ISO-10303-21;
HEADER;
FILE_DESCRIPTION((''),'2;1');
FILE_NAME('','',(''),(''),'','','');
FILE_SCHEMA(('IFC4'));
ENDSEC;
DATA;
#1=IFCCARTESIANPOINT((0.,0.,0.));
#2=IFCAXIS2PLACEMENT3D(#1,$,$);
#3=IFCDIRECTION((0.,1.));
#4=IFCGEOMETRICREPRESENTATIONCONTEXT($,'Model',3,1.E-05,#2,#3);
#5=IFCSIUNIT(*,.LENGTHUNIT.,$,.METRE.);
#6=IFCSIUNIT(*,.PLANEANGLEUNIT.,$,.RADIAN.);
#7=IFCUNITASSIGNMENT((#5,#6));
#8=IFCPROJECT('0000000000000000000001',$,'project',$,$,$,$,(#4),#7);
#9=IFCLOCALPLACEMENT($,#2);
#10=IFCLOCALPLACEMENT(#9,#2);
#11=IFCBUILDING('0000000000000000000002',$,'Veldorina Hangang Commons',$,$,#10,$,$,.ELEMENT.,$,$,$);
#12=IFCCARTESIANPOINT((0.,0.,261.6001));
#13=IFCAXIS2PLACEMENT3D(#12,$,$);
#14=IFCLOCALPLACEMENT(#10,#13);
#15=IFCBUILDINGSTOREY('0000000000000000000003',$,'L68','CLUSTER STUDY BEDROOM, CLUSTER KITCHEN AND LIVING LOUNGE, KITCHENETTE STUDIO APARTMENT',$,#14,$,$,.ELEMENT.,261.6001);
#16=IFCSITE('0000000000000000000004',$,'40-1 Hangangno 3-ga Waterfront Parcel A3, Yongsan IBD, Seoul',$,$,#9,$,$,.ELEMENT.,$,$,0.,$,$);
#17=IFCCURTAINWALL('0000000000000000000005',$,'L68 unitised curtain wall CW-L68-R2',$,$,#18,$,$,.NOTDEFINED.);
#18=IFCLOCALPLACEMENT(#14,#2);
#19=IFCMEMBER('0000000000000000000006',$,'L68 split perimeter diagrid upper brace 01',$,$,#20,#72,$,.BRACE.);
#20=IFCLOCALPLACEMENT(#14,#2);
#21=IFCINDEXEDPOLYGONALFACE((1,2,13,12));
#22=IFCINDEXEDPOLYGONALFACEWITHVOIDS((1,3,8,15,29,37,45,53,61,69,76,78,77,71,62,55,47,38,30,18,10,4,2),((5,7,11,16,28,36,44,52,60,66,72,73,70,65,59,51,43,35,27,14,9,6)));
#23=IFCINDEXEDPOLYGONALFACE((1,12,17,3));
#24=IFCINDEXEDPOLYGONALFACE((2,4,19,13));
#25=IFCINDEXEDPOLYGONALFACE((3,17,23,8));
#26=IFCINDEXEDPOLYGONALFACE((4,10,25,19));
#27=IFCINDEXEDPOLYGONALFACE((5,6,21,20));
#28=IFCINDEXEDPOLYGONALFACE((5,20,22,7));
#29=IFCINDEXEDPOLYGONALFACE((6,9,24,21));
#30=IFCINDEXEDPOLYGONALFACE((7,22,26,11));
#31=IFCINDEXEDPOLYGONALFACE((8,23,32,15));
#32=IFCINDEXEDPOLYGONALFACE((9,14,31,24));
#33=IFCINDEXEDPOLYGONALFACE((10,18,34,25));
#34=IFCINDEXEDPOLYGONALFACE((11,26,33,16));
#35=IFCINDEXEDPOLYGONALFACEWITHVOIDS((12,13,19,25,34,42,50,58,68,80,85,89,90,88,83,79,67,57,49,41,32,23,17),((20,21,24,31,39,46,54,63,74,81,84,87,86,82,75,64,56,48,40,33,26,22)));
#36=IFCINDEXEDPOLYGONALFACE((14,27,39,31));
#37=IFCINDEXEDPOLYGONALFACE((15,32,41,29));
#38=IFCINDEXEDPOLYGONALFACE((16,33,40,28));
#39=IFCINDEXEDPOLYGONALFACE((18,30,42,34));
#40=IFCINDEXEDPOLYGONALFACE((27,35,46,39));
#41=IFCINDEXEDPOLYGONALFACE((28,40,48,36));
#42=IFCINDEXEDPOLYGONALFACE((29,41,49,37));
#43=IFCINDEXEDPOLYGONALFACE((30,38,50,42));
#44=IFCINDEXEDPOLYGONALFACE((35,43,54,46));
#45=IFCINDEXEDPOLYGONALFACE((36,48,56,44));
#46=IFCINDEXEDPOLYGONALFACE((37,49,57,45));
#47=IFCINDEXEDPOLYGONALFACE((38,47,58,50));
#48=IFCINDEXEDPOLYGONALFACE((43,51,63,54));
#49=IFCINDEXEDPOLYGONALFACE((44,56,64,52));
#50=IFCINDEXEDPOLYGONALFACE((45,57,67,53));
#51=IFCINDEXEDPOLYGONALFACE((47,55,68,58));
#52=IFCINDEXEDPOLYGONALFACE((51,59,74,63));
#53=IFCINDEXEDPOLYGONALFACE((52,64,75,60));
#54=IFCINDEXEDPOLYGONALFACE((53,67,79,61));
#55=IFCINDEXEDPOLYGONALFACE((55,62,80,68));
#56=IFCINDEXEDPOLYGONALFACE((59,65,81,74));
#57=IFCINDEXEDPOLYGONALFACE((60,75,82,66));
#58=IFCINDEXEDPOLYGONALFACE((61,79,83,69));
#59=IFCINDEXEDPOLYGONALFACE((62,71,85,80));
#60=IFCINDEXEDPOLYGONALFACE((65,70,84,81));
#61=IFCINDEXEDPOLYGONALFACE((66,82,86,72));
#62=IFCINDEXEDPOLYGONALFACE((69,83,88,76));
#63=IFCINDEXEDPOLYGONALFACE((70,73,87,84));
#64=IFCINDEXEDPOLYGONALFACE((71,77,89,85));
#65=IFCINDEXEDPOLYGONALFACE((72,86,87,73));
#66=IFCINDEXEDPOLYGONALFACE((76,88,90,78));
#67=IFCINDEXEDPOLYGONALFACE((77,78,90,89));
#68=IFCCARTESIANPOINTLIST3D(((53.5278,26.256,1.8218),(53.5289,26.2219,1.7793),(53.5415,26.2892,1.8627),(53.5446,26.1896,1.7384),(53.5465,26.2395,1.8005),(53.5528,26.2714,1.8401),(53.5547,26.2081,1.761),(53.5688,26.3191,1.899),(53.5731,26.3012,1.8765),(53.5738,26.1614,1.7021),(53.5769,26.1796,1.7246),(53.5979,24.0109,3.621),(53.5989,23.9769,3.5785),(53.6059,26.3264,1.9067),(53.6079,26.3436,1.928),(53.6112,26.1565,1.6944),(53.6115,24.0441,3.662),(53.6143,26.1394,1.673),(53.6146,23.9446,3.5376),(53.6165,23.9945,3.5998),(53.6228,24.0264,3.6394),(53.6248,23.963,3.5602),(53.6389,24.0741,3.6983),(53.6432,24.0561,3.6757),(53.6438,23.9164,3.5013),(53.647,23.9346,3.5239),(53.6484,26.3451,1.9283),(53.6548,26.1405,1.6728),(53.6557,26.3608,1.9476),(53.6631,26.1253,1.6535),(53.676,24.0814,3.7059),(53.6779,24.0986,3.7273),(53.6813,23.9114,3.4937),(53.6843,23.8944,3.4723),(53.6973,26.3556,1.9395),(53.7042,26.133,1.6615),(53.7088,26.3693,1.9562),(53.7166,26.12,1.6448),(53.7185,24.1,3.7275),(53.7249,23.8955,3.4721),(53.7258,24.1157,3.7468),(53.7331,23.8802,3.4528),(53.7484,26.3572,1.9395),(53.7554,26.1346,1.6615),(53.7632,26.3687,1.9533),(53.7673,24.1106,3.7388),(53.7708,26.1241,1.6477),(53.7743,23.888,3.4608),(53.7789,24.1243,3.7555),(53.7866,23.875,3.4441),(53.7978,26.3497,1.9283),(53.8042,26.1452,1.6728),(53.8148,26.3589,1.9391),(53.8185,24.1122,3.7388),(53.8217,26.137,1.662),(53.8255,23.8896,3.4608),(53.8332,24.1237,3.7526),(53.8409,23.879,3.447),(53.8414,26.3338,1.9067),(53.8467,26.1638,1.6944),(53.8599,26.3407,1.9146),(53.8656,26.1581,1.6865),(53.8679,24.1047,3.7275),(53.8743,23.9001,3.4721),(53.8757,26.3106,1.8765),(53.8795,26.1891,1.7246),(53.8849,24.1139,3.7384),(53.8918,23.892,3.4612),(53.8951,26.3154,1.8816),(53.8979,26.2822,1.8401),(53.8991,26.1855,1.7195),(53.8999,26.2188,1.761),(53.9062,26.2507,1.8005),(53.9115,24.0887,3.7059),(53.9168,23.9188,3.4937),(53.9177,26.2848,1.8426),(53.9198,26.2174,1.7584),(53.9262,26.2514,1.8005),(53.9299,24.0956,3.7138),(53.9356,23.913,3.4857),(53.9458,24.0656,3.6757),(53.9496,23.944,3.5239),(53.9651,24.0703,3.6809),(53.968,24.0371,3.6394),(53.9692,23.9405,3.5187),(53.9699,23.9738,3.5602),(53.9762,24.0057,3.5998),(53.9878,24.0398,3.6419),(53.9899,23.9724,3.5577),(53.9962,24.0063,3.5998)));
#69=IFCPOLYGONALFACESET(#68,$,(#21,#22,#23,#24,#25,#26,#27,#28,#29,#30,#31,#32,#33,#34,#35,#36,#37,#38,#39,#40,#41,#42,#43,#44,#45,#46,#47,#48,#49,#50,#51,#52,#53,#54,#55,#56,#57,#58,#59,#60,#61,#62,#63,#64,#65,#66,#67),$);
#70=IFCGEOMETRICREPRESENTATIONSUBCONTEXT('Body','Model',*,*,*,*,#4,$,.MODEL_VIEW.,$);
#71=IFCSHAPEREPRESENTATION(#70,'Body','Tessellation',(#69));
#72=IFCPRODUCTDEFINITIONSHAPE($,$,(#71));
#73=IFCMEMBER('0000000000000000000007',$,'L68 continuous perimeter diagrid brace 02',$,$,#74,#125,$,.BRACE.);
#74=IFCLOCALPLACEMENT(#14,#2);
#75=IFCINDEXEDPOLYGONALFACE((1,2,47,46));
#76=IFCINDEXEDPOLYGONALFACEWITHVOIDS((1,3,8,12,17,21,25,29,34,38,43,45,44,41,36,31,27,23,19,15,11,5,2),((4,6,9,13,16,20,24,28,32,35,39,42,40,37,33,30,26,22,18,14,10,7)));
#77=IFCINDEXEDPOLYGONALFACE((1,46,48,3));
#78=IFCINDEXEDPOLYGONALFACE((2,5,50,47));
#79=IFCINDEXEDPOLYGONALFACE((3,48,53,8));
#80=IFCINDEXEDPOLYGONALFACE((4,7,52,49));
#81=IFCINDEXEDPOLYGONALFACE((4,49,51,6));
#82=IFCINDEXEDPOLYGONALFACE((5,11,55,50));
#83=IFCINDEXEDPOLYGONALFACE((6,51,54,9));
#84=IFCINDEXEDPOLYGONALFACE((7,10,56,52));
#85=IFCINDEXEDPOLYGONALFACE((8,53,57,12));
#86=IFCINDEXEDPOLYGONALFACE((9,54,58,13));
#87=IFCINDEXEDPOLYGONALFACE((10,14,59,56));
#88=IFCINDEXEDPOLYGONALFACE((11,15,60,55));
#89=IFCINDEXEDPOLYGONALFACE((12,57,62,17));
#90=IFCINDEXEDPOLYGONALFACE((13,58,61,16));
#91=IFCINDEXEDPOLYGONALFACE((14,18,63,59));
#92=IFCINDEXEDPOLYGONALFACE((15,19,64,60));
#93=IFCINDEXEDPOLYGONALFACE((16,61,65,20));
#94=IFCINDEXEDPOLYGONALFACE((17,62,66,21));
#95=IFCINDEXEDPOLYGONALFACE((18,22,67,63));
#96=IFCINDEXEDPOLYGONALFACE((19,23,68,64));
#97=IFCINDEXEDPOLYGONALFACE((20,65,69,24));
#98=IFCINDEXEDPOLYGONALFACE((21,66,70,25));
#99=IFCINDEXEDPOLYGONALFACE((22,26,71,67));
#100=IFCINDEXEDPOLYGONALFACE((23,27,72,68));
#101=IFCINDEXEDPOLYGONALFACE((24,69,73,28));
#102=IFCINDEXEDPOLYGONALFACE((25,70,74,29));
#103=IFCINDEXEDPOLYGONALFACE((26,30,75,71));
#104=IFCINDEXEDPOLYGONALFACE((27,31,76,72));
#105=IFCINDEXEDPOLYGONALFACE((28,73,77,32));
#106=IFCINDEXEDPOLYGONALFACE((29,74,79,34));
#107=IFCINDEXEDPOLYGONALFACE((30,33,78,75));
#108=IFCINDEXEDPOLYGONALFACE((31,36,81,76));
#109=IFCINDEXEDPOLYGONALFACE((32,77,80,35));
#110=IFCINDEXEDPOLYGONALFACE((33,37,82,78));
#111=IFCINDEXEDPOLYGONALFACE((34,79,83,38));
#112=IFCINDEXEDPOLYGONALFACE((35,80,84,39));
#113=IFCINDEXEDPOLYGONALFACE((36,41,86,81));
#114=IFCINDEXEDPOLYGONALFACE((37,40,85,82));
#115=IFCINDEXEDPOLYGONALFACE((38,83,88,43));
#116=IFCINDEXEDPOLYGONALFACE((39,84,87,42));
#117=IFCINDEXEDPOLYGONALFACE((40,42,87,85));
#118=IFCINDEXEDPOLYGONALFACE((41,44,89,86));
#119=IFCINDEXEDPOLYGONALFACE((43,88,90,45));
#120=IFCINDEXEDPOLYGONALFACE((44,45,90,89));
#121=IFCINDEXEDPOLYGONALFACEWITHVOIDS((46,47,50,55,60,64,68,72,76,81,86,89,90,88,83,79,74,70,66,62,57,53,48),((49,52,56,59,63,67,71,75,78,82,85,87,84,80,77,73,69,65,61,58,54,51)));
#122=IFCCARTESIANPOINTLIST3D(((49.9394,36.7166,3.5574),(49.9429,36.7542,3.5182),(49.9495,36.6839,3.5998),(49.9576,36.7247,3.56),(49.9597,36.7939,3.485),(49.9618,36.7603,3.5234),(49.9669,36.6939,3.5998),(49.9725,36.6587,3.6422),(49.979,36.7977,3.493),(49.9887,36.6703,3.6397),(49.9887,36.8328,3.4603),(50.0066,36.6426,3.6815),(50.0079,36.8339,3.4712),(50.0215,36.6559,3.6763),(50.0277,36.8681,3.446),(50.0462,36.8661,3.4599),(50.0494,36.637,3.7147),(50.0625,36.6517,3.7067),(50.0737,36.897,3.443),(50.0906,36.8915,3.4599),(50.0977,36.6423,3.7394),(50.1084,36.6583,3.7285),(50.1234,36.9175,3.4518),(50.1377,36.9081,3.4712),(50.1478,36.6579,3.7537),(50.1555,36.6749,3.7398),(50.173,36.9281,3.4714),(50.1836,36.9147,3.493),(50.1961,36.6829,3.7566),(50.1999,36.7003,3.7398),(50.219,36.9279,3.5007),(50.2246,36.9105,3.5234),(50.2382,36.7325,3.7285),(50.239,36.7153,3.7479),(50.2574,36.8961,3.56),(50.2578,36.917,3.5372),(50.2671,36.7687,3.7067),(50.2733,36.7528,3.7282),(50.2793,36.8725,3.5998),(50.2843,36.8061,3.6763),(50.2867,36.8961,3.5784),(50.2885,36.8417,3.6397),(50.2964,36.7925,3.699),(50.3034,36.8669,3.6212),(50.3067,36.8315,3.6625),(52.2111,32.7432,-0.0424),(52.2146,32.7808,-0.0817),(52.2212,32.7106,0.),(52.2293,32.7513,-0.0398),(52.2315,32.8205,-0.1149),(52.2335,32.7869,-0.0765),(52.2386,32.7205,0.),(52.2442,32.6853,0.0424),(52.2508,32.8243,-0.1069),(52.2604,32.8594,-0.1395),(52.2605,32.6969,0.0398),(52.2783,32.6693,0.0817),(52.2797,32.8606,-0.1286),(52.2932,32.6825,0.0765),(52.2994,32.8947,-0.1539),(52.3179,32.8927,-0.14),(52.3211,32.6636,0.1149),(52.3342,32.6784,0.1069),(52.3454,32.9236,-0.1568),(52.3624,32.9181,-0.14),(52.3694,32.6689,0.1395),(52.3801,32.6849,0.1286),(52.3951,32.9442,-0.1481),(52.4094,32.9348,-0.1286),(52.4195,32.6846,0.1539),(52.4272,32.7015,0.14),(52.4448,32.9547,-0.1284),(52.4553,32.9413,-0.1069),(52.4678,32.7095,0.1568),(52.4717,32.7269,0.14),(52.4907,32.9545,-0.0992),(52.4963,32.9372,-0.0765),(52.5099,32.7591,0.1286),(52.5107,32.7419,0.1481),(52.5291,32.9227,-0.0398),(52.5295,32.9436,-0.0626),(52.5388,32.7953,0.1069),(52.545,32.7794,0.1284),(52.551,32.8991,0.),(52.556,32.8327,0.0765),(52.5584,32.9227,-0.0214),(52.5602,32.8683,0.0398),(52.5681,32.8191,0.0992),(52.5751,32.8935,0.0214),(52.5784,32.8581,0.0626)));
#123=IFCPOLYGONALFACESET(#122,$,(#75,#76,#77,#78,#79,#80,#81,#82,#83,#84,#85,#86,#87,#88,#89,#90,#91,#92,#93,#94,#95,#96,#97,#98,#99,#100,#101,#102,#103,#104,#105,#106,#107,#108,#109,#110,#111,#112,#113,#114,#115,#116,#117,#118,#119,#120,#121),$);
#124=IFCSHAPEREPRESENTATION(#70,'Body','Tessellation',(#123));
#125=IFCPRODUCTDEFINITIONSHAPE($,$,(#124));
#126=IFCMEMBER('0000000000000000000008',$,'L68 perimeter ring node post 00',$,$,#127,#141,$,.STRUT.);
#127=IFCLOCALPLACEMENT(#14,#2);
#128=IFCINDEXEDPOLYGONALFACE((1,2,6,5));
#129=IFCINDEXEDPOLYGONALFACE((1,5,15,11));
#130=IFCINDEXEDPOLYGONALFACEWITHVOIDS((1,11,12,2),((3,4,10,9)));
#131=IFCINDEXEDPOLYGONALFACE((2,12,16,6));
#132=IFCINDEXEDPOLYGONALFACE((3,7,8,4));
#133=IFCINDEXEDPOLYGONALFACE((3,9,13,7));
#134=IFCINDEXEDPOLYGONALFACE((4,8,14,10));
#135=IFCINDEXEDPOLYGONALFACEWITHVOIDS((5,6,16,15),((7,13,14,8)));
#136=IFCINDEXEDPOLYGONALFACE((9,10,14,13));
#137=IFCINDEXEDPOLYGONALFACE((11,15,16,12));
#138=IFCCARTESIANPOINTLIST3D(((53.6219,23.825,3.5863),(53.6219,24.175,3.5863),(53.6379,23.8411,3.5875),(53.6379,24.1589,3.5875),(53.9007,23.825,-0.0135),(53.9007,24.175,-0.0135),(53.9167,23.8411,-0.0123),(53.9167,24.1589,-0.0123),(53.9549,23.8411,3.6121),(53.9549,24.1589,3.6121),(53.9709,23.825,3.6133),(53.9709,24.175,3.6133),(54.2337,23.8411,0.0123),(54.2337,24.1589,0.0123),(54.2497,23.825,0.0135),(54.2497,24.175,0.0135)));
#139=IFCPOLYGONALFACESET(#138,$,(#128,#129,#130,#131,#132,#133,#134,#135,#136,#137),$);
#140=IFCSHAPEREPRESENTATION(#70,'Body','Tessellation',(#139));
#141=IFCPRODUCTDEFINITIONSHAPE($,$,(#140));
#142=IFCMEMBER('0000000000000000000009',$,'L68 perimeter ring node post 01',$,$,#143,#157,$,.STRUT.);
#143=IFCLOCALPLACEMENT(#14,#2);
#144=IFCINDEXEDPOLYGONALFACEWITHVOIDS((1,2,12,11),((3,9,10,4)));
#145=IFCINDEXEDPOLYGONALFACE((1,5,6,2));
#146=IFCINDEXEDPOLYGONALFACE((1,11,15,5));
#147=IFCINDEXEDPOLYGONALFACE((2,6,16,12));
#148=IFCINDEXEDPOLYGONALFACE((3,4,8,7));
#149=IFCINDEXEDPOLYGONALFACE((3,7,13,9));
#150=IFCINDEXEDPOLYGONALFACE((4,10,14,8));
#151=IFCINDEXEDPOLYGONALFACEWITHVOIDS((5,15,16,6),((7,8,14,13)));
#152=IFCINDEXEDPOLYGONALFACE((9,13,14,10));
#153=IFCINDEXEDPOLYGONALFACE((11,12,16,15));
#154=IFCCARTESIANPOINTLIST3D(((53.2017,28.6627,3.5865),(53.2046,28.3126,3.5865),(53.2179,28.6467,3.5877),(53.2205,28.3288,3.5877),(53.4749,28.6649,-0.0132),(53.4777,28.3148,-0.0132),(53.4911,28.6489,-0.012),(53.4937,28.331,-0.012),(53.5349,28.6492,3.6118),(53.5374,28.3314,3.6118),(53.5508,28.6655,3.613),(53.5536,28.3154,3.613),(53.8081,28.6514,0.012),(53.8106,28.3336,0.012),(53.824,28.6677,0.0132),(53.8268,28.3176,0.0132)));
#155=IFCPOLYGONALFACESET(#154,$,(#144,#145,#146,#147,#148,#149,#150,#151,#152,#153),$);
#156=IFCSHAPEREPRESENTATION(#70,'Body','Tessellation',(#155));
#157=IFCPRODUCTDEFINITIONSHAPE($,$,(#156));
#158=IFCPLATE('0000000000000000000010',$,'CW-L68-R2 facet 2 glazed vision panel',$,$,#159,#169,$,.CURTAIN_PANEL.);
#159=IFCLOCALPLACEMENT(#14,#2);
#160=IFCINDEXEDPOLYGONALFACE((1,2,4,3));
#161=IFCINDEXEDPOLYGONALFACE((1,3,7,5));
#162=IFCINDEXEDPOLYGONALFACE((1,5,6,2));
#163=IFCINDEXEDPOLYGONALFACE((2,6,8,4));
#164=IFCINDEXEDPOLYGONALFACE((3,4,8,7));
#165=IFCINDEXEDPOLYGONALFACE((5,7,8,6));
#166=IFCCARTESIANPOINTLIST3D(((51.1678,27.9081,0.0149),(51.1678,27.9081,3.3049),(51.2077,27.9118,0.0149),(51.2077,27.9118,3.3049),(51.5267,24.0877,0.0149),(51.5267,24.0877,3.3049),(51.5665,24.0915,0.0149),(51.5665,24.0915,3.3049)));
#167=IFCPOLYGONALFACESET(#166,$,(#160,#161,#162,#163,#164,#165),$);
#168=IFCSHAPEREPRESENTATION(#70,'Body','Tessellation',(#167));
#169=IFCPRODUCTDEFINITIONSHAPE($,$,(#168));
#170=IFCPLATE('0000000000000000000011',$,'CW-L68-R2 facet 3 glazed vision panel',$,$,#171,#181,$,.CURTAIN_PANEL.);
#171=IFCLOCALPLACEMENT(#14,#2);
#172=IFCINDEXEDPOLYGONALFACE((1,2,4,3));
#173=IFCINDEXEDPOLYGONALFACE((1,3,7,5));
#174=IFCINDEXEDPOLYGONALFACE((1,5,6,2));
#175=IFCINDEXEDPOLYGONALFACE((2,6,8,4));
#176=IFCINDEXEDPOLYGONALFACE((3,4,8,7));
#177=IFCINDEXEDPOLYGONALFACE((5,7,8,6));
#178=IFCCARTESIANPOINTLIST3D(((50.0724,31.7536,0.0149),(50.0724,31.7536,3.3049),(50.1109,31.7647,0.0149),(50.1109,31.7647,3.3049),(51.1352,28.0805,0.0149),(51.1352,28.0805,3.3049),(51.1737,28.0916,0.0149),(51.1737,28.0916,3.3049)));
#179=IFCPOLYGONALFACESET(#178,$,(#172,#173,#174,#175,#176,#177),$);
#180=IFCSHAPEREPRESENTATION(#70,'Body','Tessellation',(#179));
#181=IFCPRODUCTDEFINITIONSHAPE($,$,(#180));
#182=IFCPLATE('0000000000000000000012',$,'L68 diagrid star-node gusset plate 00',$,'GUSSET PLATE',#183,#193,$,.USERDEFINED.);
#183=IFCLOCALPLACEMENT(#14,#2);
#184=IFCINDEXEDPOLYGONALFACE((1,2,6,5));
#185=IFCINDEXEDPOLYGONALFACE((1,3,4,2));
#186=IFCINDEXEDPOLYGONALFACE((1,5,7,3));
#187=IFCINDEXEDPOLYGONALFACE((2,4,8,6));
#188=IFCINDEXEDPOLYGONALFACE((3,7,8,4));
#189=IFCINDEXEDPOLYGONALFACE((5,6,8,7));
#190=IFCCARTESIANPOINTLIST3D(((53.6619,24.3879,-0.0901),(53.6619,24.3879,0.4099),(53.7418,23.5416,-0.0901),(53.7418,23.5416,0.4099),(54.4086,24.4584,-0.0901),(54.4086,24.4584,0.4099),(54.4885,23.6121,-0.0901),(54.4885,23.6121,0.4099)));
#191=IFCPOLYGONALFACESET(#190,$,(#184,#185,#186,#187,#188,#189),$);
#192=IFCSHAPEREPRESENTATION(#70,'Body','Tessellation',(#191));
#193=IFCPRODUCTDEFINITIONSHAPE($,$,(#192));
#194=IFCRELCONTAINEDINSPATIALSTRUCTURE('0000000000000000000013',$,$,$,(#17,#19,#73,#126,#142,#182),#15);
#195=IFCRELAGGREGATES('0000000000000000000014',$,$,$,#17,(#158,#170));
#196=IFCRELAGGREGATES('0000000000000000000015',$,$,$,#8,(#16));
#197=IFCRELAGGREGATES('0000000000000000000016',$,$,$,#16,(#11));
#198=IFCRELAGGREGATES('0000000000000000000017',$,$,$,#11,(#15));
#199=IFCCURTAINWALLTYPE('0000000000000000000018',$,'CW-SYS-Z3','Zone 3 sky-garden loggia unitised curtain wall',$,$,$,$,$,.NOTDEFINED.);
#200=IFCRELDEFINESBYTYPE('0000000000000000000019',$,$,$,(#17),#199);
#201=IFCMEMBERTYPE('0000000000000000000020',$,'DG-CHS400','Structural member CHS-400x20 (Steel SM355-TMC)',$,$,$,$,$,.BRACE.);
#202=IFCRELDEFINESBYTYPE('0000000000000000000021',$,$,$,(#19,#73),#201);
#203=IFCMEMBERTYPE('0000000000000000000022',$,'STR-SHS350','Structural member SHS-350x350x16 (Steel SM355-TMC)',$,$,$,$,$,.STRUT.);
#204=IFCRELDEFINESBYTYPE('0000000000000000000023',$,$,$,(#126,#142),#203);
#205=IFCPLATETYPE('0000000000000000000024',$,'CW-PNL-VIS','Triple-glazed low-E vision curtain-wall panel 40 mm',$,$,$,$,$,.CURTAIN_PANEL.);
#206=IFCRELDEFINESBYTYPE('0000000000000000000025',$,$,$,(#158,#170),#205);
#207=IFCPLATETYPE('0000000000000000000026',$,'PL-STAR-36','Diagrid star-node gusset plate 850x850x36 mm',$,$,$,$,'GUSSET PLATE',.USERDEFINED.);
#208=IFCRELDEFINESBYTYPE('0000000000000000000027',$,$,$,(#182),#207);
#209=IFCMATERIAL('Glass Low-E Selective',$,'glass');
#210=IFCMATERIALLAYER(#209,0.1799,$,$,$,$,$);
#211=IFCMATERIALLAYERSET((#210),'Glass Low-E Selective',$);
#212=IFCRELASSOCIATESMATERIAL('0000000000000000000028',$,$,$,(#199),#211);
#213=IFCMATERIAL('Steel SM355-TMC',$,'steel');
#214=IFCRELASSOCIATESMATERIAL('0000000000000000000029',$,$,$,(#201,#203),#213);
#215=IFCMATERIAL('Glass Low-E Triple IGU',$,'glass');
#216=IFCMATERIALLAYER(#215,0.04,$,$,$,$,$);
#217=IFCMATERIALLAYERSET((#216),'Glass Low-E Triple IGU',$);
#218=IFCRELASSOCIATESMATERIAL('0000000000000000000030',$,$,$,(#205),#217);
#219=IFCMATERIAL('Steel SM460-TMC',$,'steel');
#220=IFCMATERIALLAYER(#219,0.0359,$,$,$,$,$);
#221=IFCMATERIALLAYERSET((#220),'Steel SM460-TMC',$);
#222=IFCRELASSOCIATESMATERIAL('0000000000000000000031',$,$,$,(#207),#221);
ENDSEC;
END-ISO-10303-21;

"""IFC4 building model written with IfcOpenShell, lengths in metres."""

from ifc_helpers import new_model, si_unit, direction, frame, origin, origin_2d, place, context, subcontext, project, spatial, rectangle, hollow_rectangle, hollow_circle, extrude, material, layer, layer_set, material_profile, profile_set, type_object, element, aggregate, save


model = new_model("IFC4")

# Units and contexts
model_context = context("Model", 3, precision=1e-05, world=origin(), true_north=direction((0.0, 1.0)))
body_context = subcontext(model_context, "Body", "Model", "MODEL_VIEW")
ifc_project = project(units=[si_unit("LENGTHUNIT", "METRE"), si_unit("PLANEANGLEUNIT", "RADIAN")], contexts=[model_context])

# Site, building, storey
site_placement = place(None, origin())
site = spatial("IfcSite", under=ifc_project, at=site_placement, Name="40-1 Hangangno 3-ga Waterfront Parcel A3, Yongsan IBD, Seoul", CompositionType="ELEMENT", RefElevation=0.0)
building_placement = place(site_placement, origin())
building = spatial("IfcBuilding", under=site, at=building_placement, Name="Veldorina Hangang Commons", CompositionType="ELEMENT")
storey_placement = place(building_placement, frame((0.0, 0.0, 261.6001)))
storey = spatial("IfcBuildingStorey", under=building, at=storey_placement, Name="L68", Description="CLUSTER STUDY BEDROOM, CLUSTER KITCHEN AND LIVING LOUNGE, KITCHENETTE STUDIO APARTMENT", CompositionType="ELEMENT", Elevation=261.6001)

# Shared definitions
ifc_material_1 = material(Name="Steel SM355-TMC", Category="steel")

# Curtain wall
ifc_material_2 = material(Name="Glass Low-E Selective", Category="glass")
ifc_layer_1 = layer(ifc_material_2, 0.1799)
ifc_layer_set_1 = layer_set([ifc_layer_1], Name="Glass Low-E Selective")
curtain_wall_type = type_object("IfcCurtainWallType", Name="CW-SYS-Z3", Description="Zone 3 sky-garden loggia unitised curtain wall", PredefinedType="NOTDEFINED", material=ifc_layer_set_1)
curtain_wall_placement = place(storey_placement, origin())
curtain_wall = element("IfcCurtainWall", 1, at=curtain_wall_placement, inside=storey, type_object=curtain_wall_type, Name="L68 unitised curtain wall CW-L68-R2", PredefinedType="NOTDEFINED")

# Members
ifc_material_profile_1 = material_profile(ifc_material_1, hollow_circle(Radius=0.2, WallThickness=0.02, at=origin_2d()), Name="CHS-400x20")
ifc_profile_set_1 = profile_set([ifc_material_profile_1], Name="Steel SM355-TMC")
member_type_1 = type_object("IfcMemberType", Name="DG-CHS400", Description="Structural member CHS-400x20 (Steel SM355-TMC)", PredefinedType="BRACE", material=ifc_profile_set_1)
member_1_placement = place(storey_placement, frame((53.7263, 26.2451, 1.8005), z_axis=(0.024346, -0.780091, 0.625192), x_axis=(0.999513, 0.031194, 0.0)))
element("IfcMember", 2, at=member_1_placement, inside=storey, type_object=member_type_1, Name="L68 split perimeter diagrid upper brace 01", PredefinedType="BRACE", context=body_context, shape_type="SweptSolid", body=[
    extrude(hollow_circle(Radius=0.2, WallThickness=0.02, at=origin_2d()), origin(), (0.0, 0.0, 1.0), 2.8779),
])
member_2_placement = place(storey_placement, frame((52.3948, 32.8098, 0.0), z_axis=(-0.390129, 0.682359, 0.618211), x_axis=(-0.868128, -0.49634, 0.0)))
element("IfcMember", 3, at=member_2_placement, inside=storey, type_object=member_type_1, Name="L68 continuous perimeter diagrid brace 02", PredefinedType="BRACE", context=body_context, shape_type="SweptSolid", body=[
    extrude(hollow_circle(Radius=0.2, WallThickness=0.02, at=origin_2d()), origin(), (0.0, 0.0, 1.0), 5.823),
])
ifc_material_profile_2 = material_profile(ifc_material_1, hollow_rectangle(XDim=0.3501, YDim=0.3501, WallThickness=0.0161, at=origin_2d()), Name="SHS-350x350x16")
ifc_profile_set_2 = profile_set([ifc_material_profile_2], Name="Steel SM355-TMC")
member_type_2 = type_object("IfcMemberType", Name="STR-SHS350", Description="Structural member SHS-350x350x16 (Steel SM355-TMC)", PredefinedType="STRUT", material=ifc_profile_set_2)
member_3_placement = place(storey_placement, frame((54.0752, 24.0, 0.0), z_axis=(-0.077219, 0.0, 0.997014), x_axis=(0.0, -1.0, 0.0)))
element("IfcMember", 4, at=member_3_placement, inside=storey, type_object=member_type_2, Name="L68 perimeter ring node post 00", PredefinedType="STRUT", context=body_context, shape_type="SweptSolid", body=[
    extrude(hollow_rectangle(XDim=0.3501, YDim=0.3501, WallThickness=0.0161, at=origin_2d()), origin(), (0.0, 0.0, 1.0), 3.6106),
])
member_4_placement = place(storey_placement, frame((53.6509, 28.4912, 0.0), z_axis=(-0.075673, -0.000609, 0.997133), x_axis=(0.008043, -0.999968, 0.0)))
element("IfcMember", 5, at=member_4_placement, inside=storey, type_object=member_type_2, Name="L68 perimeter ring node post 01", PredefinedType="STRUT", context=body_context, shape_type="SweptSolid", body=[
    extrude(hollow_rectangle(XDim=0.3501, YDim=0.3501, WallThickness=0.0161, at=origin_2d()), origin(), (0.0, 0.0, 1.0), 3.6101),
])

# Plates
ifc_material_3 = material(Name="Glass Low-E Triple IGU", Category="glass")
ifc_layer_2 = layer(ifc_material_3, 0.04)
ifc_layer_set_2 = layer_set([ifc_layer_2], Name="Glass Low-E Triple IGU")
plate_type_1 = type_object("IfcPlateType", Name="CW-PNL-VIS", Description="Triple-glazed low-E vision curtain-wall panel 40 mm", PredefinedType="CURTAIN_PANEL", material=ifc_layer_set_2)
plate_1_placement = place(storey_placement, frame((51.3672, 25.9998, 0.0149), z_axis=(0.0, 0.0, 1.0), x_axis=(-0.093518, 0.995618, 0.0)))
plate_1 = element("IfcPlate", 6, at=plate_1_placement, type_object=plate_type_1, Name="CW-L68-R2 facet 2 glazed vision panel", PredefinedType="CURTAIN_PANEL", context=body_context, shape_type="SweptSolid", body=[
    extrude(rectangle(XDim=3.8372, YDim=0.04, at=origin_2d()), origin(), (0.0, 0.0, 1.0), 3.29),
])
plate_2_placement = place(storey_placement, frame((50.623, 29.9226, 0.0149), z_axis=(0.0, 0.0, 1.0), x_axis=(-0.277952, 0.960595, 0.0)))
plate_2 = element("IfcPlate", 7, at=plate_2_placement, type_object=plate_type_1, Name="CW-L68-R2 facet 3 glazed vision panel", PredefinedType="CURTAIN_PANEL", context=body_context, shape_type="SweptSolid", body=[
    extrude(rectangle(XDim=3.8237, YDim=0.04, at=origin_2d()), origin(), (0.0, 0.0, 1.0), 3.29),
])
aggregate(curtain_wall, [plate_1, plate_2])

# Plate
ifc_material_4 = material(Name="Steel SM460-TMC", Category="steel")
ifc_layer_3 = layer(ifc_material_4, 0.0359)
ifc_layer_set_3 = layer_set([ifc_layer_3], Name="Steel SM460-TMC")
plate_type_2 = type_object("IfcPlateType", Name="PL-STAR-36", Description="Diagrid star-node gusset plate 850x850x36 mm", ElementType="GUSSET PLATE", PredefinedType="USERDEFINED", material=ifc_layer_set_3)
plate_3_placement = place(storey_placement, frame((54.0752, 24.0, -0.0901), z_axis=(0.0, 0.0, 1.0), x_axis=(-0.094039, 0.995569, 0.0)))
element("IfcPlate", 8, at=plate_3_placement, inside=storey, type_object=plate_type_2, Name="L68 diagrid star-node gusset plate 00", ObjectType="GUSSET PLATE", PredefinedType="USERDEFINED", context=body_context, shape_type="SweptSolid", body=[
    extrude(rectangle(XDim=0.8501, YDim=0.75, at=origin_2d()), origin(), (0.0, 0.0, 1.0), 0.5),
])

save(model, "model.ifc")
